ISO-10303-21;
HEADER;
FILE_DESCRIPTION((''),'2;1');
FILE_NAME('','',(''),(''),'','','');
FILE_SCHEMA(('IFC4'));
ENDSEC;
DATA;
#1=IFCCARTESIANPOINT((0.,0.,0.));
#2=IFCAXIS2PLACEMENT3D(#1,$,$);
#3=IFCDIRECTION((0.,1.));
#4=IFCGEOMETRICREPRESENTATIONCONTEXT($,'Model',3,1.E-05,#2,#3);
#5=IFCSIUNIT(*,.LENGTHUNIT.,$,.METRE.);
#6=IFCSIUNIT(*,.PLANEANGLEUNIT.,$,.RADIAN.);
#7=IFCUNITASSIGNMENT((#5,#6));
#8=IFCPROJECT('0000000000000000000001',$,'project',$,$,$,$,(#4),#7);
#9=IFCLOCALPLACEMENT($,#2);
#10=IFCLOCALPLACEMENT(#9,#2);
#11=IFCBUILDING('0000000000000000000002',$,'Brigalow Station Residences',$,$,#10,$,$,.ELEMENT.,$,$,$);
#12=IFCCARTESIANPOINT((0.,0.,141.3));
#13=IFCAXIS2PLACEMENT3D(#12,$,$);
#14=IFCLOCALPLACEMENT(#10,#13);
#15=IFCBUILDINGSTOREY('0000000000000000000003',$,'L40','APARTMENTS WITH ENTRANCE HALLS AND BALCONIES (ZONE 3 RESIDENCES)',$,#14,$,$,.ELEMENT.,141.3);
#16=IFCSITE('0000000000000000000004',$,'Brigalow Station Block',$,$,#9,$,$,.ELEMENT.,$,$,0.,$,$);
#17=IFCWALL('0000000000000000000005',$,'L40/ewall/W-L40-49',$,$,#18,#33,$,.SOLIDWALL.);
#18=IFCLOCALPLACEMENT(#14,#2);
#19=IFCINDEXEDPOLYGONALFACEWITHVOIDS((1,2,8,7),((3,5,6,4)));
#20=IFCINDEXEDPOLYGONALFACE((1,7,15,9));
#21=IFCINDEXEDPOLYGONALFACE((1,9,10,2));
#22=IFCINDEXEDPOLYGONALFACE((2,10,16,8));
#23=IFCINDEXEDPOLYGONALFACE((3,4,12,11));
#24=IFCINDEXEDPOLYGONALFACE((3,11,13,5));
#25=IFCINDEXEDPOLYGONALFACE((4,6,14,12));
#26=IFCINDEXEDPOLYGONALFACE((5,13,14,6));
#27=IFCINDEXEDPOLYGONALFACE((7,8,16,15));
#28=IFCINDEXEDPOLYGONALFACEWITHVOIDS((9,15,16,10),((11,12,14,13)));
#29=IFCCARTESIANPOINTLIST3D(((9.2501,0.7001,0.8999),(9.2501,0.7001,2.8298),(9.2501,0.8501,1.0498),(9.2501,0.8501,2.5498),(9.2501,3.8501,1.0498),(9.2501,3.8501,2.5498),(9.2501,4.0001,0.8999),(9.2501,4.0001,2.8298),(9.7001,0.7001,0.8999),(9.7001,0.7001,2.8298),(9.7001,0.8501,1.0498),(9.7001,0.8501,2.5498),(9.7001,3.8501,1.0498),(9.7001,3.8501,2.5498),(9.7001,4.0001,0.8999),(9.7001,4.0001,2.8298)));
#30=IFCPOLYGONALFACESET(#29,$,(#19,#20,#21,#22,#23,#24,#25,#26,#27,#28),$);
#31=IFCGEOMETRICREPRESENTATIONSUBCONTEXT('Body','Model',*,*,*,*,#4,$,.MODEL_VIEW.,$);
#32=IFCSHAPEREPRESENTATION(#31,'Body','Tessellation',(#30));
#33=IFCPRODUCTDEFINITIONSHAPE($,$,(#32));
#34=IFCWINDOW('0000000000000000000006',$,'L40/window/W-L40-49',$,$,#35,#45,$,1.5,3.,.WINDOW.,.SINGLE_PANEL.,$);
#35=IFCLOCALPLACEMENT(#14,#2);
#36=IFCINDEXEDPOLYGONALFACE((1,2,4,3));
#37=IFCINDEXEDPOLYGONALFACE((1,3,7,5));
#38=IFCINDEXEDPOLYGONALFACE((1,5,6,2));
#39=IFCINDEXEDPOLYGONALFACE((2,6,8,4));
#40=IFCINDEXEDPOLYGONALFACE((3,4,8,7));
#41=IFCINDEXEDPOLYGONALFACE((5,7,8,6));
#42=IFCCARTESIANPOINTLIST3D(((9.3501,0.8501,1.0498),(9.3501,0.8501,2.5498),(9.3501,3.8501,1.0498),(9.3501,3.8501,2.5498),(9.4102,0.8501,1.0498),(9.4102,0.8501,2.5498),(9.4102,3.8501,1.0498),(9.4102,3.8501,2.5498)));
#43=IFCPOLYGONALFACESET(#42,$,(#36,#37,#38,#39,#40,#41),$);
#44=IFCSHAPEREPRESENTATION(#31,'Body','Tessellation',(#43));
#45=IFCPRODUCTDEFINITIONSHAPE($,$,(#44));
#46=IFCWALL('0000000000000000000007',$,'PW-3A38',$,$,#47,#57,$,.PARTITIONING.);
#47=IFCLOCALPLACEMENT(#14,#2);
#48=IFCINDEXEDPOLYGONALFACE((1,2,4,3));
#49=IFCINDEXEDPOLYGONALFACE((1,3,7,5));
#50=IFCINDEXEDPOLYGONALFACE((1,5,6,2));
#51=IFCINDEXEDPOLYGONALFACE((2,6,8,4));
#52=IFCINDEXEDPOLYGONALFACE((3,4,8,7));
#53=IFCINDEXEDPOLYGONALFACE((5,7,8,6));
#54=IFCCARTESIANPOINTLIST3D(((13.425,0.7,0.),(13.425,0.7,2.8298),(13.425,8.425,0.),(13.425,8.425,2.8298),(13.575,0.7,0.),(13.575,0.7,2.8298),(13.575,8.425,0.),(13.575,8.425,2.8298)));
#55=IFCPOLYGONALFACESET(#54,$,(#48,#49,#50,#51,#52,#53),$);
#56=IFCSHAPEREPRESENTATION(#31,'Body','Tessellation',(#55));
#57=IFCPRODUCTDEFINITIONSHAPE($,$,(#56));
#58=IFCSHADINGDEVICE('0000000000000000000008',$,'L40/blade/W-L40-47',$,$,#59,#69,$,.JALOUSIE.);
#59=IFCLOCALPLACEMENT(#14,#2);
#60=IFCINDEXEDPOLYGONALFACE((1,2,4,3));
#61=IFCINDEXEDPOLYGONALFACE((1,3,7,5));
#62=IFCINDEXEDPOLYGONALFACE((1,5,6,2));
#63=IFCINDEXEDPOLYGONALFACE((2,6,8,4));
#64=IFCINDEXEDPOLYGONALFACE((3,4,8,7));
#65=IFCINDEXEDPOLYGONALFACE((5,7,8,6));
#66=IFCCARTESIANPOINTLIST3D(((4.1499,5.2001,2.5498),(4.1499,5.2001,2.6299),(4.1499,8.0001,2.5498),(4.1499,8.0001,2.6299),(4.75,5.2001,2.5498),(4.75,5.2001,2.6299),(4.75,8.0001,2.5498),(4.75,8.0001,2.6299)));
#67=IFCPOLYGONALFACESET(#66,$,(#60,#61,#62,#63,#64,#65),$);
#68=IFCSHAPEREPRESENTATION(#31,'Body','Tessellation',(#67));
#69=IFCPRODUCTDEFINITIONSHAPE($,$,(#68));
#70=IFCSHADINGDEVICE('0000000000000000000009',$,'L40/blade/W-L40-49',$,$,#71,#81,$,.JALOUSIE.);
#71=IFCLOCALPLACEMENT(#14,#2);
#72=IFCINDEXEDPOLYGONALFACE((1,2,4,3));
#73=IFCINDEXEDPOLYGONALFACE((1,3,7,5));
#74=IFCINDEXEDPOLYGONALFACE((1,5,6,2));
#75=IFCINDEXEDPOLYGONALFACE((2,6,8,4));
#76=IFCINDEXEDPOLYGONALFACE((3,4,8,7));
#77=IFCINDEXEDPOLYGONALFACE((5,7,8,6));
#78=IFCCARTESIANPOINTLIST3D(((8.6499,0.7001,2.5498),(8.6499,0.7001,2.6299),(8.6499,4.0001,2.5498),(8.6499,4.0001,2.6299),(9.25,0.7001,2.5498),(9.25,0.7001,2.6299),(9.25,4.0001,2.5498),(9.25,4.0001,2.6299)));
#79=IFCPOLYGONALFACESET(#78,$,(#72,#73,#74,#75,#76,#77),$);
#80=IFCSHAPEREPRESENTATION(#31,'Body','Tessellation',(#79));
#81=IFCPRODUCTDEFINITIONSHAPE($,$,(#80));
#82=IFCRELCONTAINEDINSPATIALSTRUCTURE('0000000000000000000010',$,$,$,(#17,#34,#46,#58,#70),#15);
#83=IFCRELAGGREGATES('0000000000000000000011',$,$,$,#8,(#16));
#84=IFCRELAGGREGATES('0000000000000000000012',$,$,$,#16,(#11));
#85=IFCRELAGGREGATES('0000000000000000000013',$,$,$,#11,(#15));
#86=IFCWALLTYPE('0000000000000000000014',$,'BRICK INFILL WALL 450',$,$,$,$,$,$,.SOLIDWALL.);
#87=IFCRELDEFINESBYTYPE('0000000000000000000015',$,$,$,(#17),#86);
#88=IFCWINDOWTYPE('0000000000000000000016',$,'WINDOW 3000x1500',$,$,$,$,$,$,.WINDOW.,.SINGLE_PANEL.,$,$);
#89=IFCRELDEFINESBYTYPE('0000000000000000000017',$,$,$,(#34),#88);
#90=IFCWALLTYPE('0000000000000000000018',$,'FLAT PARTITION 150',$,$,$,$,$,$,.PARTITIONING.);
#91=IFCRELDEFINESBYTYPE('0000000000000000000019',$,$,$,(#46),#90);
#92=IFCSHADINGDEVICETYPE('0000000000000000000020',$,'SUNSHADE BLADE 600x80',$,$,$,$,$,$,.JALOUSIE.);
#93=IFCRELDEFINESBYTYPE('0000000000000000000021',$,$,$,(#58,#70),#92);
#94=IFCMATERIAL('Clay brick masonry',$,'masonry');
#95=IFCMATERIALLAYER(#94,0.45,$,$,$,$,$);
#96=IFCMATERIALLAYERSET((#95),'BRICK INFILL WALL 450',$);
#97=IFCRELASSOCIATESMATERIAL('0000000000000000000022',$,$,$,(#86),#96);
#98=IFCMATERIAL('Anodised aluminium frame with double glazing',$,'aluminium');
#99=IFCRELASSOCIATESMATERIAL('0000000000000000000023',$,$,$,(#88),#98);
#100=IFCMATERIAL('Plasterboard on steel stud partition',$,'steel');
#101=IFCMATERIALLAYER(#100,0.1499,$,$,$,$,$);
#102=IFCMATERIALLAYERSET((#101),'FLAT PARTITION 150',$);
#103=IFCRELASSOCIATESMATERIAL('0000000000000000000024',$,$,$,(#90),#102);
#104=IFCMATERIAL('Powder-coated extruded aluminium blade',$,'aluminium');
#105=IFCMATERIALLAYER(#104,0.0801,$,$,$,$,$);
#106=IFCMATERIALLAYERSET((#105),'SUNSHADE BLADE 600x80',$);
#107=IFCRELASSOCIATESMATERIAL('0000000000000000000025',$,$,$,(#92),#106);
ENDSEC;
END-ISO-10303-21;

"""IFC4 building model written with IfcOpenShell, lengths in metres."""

from ifc_helpers import new_model, si_unit, direction, frame, frame_2d, origin, origin_2d, place, context, subcontext, project, spatial, rectangle, extrude, material, layer, layer_set, type_object, element, fill, save


model = new_model("IFC4")

# Units and contexts
model_context = context("Model", 3, precision=1e-05, world=origin(), true_north=direction((0.0, 1.0)))
body_context = subcontext(model_context, "Body", "Model", "MODEL_VIEW")
ifc_project = project(units=[si_unit("LENGTHUNIT", "METRE"), si_unit("PLANEANGLEUNIT", "RADIAN")], contexts=[model_context])

# Site, building, storey
site_placement = place(None, origin())
site = spatial("IfcSite", under=ifc_project, at=site_placement, Name="Brigalow Station Block", CompositionType="ELEMENT", RefElevation=0.0)
building_placement = place(site_placement, origin())
building = spatial("IfcBuilding", under=site, at=building_placement, Name="Brigalow Station Residences", CompositionType="ELEMENT")
storey_placement = place(building_placement, frame((0.0, 0.0, 141.3)))
storey = spatial("IfcBuildingStorey", under=building, at=storey_placement, Name="L40", Description="APARTMENTS WITH ENTRANCE HALLS AND BALCONIES (ZONE 3 RESIDENCES)", CompositionType="ELEMENT", Elevation=141.3)

# Wall, opening, window
ifc_material_1 = material(Name="Clay brick masonry", Category="masonry")
ifc_layer_1 = layer(ifc_material_1, 0.45)
ifc_layer_set_1 = layer_set([ifc_layer_1], Name="BRICK INFILL WALL 450")
wall_type_1 = type_object("IfcWallType", Name="BRICK INFILL WALL 450", PredefinedType="SOLIDWALL", material=ifc_layer_set_1)
wall_1_placement = place(storey_placement, frame((9.4751, 4.0, 0.8999), z_axis=(0.0, 0.0, 1.0), x_axis=(0.0, -1.0, 0.0)))
wall_1 = element("IfcWall", 1, at=wall_1_placement, inside=storey, type_object=wall_type_1, Name="L40/ewall/W-L40-49", PredefinedType="SOLIDWALL", context=body_context, shape_type="SweptSolid", body=[
    extrude(rectangle(XDim=3.3, YDim=0.45, at=frame_2d((1.6499, 0.0))), origin(), (0.0, 0.0, 1.0), 1.9299),
])
opening_1_placement = place(wall_1_placement, frame((0.1499, 0.0, 0.1499)))
opening_1 = element("IfcOpeningElement", 2, at=opening_1_placement, cuts=wall_1, PredefinedType="OPENING", context=body_context, shape_type="SweptSolid", body=[
    extrude(rectangle(XDim=3.0, YDim=1.5, at=frame_2d((1.5, 0.75))), frame((0.0, 0.2349, 0.0), z_axis=(0.0, -1.0, 0.0), x_axis=(1.0, 0.0, 0.0)), (0.0, 0.0, 1.0), 0.47),
])
ifc_material_2 = material(Name="Anodised aluminium frame with double glazing", Category="aluminium")
window_type_1 = type_object("IfcWindowType", Name="WINDOW 3000x1500", PartitioningType="SINGLE_PANEL", PredefinedType="WINDOW", material=ifc_material_2)
window_1_placement = place(opening_1_placement, origin())
window_1 = element("IfcWindow", 3, at=window_1_placement, inside=storey, type_object=window_type_1, Name="L40/window/W-L40-49", OverallHeight=1.5, OverallWidth=3.0, PartitioningType="SINGLE_PANEL", PredefinedType="WINDOW", context=body_context, shape_type="SweptSolid", body=[
    extrude(rectangle(XDim=3.0, YDim=1.5, at=frame_2d((1.5, 0.75))), frame((0.0, -0.0649, 0.0), z_axis=(0.0, -1.0, 0.0), x_axis=(1.0, 0.0, 0.0)), (0.0, 0.0, 1.0), 0.0601),
])
fill(opening_1, window_1)

# Wall
ifc_material_3 = material(Name="Plasterboard on steel stud partition", Category="steel")
ifc_layer_2 = layer(ifc_material_3, 0.1499)
ifc_layer_set_2 = layer_set([ifc_layer_2], Name="FLAT PARTITION 150")
wall_type_2 = type_object("IfcWallType", Name="FLAT PARTITION 150", PredefinedType="PARTITIONING", material=ifc_layer_set_2)
wall_2_placement = place(storey_placement, frame((13.5, 0.7, 0.0), z_axis=(0.0, 0.0, 1.0), x_axis=(0.0, 1.0, 0.0)))
element("IfcWall", 4, at=wall_2_placement, inside=storey, type_object=wall_type_2, Name="PW-3A38", PredefinedType="PARTITIONING", context=body_context, shape_type="SweptSolid", body=[
    extrude(rectangle(XDim=7.7251, YDim=0.1499, at=frame_2d((3.8625, 0.0))), origin(), (0.0, 0.0, 1.0), 2.8298),
])

# Shading devices
ifc_material_4 = material(Name="Powder-coated extruded aluminium blade", Category="aluminium")
ifc_layer_3 = layer(ifc_material_4, 0.0801)
ifc_layer_set_3 = layer_set([ifc_layer_3], Name="SUNSHADE BLADE 600x80")
shading_device_type = type_object("IfcShadingDeviceType", Name="SUNSHADE BLADE 600x80", PredefinedType="JALOUSIE", material=ifc_layer_set_3)
shading_device_1_placement = place(storey_placement, frame((4.45, 6.6001, 2.5498), z_axis=(0.0, 0.0, 1.0), x_axis=(0.0, -1.0, 0.0)))
element("IfcShadingDevice", 5, at=shading_device_1_placement, inside=storey, type_object=shading_device_type, Name="L40/blade/W-L40-47", PredefinedType="JALOUSIE", context=body_context, shape_type="SweptSolid", body=[
    extrude(rectangle(XDim=2.8, YDim=0.6001, at=origin_2d()), origin(), (0.0, 0.0, 1.0), 0.0801),
])
shading_device_2_placement = place(storey_placement, frame((8.95, 2.3501, 2.5498), z_axis=(0.0, 0.0, 1.0), x_axis=(0.0, -1.0, 0.0)))
element("IfcShadingDevice", 6, at=shading_device_2_placement, inside=storey, type_object=shading_device_type, Name="L40/blade/W-L40-49", PredefinedType="JALOUSIE", context=body_context, shape_type="SweptSolid", body=[
    extrude(rectangle(XDim=3.3, YDim=0.6001, at=origin_2d()), origin(), (0.0, 0.0, 1.0), 0.0801),
])

save(model, "model.ifc")
